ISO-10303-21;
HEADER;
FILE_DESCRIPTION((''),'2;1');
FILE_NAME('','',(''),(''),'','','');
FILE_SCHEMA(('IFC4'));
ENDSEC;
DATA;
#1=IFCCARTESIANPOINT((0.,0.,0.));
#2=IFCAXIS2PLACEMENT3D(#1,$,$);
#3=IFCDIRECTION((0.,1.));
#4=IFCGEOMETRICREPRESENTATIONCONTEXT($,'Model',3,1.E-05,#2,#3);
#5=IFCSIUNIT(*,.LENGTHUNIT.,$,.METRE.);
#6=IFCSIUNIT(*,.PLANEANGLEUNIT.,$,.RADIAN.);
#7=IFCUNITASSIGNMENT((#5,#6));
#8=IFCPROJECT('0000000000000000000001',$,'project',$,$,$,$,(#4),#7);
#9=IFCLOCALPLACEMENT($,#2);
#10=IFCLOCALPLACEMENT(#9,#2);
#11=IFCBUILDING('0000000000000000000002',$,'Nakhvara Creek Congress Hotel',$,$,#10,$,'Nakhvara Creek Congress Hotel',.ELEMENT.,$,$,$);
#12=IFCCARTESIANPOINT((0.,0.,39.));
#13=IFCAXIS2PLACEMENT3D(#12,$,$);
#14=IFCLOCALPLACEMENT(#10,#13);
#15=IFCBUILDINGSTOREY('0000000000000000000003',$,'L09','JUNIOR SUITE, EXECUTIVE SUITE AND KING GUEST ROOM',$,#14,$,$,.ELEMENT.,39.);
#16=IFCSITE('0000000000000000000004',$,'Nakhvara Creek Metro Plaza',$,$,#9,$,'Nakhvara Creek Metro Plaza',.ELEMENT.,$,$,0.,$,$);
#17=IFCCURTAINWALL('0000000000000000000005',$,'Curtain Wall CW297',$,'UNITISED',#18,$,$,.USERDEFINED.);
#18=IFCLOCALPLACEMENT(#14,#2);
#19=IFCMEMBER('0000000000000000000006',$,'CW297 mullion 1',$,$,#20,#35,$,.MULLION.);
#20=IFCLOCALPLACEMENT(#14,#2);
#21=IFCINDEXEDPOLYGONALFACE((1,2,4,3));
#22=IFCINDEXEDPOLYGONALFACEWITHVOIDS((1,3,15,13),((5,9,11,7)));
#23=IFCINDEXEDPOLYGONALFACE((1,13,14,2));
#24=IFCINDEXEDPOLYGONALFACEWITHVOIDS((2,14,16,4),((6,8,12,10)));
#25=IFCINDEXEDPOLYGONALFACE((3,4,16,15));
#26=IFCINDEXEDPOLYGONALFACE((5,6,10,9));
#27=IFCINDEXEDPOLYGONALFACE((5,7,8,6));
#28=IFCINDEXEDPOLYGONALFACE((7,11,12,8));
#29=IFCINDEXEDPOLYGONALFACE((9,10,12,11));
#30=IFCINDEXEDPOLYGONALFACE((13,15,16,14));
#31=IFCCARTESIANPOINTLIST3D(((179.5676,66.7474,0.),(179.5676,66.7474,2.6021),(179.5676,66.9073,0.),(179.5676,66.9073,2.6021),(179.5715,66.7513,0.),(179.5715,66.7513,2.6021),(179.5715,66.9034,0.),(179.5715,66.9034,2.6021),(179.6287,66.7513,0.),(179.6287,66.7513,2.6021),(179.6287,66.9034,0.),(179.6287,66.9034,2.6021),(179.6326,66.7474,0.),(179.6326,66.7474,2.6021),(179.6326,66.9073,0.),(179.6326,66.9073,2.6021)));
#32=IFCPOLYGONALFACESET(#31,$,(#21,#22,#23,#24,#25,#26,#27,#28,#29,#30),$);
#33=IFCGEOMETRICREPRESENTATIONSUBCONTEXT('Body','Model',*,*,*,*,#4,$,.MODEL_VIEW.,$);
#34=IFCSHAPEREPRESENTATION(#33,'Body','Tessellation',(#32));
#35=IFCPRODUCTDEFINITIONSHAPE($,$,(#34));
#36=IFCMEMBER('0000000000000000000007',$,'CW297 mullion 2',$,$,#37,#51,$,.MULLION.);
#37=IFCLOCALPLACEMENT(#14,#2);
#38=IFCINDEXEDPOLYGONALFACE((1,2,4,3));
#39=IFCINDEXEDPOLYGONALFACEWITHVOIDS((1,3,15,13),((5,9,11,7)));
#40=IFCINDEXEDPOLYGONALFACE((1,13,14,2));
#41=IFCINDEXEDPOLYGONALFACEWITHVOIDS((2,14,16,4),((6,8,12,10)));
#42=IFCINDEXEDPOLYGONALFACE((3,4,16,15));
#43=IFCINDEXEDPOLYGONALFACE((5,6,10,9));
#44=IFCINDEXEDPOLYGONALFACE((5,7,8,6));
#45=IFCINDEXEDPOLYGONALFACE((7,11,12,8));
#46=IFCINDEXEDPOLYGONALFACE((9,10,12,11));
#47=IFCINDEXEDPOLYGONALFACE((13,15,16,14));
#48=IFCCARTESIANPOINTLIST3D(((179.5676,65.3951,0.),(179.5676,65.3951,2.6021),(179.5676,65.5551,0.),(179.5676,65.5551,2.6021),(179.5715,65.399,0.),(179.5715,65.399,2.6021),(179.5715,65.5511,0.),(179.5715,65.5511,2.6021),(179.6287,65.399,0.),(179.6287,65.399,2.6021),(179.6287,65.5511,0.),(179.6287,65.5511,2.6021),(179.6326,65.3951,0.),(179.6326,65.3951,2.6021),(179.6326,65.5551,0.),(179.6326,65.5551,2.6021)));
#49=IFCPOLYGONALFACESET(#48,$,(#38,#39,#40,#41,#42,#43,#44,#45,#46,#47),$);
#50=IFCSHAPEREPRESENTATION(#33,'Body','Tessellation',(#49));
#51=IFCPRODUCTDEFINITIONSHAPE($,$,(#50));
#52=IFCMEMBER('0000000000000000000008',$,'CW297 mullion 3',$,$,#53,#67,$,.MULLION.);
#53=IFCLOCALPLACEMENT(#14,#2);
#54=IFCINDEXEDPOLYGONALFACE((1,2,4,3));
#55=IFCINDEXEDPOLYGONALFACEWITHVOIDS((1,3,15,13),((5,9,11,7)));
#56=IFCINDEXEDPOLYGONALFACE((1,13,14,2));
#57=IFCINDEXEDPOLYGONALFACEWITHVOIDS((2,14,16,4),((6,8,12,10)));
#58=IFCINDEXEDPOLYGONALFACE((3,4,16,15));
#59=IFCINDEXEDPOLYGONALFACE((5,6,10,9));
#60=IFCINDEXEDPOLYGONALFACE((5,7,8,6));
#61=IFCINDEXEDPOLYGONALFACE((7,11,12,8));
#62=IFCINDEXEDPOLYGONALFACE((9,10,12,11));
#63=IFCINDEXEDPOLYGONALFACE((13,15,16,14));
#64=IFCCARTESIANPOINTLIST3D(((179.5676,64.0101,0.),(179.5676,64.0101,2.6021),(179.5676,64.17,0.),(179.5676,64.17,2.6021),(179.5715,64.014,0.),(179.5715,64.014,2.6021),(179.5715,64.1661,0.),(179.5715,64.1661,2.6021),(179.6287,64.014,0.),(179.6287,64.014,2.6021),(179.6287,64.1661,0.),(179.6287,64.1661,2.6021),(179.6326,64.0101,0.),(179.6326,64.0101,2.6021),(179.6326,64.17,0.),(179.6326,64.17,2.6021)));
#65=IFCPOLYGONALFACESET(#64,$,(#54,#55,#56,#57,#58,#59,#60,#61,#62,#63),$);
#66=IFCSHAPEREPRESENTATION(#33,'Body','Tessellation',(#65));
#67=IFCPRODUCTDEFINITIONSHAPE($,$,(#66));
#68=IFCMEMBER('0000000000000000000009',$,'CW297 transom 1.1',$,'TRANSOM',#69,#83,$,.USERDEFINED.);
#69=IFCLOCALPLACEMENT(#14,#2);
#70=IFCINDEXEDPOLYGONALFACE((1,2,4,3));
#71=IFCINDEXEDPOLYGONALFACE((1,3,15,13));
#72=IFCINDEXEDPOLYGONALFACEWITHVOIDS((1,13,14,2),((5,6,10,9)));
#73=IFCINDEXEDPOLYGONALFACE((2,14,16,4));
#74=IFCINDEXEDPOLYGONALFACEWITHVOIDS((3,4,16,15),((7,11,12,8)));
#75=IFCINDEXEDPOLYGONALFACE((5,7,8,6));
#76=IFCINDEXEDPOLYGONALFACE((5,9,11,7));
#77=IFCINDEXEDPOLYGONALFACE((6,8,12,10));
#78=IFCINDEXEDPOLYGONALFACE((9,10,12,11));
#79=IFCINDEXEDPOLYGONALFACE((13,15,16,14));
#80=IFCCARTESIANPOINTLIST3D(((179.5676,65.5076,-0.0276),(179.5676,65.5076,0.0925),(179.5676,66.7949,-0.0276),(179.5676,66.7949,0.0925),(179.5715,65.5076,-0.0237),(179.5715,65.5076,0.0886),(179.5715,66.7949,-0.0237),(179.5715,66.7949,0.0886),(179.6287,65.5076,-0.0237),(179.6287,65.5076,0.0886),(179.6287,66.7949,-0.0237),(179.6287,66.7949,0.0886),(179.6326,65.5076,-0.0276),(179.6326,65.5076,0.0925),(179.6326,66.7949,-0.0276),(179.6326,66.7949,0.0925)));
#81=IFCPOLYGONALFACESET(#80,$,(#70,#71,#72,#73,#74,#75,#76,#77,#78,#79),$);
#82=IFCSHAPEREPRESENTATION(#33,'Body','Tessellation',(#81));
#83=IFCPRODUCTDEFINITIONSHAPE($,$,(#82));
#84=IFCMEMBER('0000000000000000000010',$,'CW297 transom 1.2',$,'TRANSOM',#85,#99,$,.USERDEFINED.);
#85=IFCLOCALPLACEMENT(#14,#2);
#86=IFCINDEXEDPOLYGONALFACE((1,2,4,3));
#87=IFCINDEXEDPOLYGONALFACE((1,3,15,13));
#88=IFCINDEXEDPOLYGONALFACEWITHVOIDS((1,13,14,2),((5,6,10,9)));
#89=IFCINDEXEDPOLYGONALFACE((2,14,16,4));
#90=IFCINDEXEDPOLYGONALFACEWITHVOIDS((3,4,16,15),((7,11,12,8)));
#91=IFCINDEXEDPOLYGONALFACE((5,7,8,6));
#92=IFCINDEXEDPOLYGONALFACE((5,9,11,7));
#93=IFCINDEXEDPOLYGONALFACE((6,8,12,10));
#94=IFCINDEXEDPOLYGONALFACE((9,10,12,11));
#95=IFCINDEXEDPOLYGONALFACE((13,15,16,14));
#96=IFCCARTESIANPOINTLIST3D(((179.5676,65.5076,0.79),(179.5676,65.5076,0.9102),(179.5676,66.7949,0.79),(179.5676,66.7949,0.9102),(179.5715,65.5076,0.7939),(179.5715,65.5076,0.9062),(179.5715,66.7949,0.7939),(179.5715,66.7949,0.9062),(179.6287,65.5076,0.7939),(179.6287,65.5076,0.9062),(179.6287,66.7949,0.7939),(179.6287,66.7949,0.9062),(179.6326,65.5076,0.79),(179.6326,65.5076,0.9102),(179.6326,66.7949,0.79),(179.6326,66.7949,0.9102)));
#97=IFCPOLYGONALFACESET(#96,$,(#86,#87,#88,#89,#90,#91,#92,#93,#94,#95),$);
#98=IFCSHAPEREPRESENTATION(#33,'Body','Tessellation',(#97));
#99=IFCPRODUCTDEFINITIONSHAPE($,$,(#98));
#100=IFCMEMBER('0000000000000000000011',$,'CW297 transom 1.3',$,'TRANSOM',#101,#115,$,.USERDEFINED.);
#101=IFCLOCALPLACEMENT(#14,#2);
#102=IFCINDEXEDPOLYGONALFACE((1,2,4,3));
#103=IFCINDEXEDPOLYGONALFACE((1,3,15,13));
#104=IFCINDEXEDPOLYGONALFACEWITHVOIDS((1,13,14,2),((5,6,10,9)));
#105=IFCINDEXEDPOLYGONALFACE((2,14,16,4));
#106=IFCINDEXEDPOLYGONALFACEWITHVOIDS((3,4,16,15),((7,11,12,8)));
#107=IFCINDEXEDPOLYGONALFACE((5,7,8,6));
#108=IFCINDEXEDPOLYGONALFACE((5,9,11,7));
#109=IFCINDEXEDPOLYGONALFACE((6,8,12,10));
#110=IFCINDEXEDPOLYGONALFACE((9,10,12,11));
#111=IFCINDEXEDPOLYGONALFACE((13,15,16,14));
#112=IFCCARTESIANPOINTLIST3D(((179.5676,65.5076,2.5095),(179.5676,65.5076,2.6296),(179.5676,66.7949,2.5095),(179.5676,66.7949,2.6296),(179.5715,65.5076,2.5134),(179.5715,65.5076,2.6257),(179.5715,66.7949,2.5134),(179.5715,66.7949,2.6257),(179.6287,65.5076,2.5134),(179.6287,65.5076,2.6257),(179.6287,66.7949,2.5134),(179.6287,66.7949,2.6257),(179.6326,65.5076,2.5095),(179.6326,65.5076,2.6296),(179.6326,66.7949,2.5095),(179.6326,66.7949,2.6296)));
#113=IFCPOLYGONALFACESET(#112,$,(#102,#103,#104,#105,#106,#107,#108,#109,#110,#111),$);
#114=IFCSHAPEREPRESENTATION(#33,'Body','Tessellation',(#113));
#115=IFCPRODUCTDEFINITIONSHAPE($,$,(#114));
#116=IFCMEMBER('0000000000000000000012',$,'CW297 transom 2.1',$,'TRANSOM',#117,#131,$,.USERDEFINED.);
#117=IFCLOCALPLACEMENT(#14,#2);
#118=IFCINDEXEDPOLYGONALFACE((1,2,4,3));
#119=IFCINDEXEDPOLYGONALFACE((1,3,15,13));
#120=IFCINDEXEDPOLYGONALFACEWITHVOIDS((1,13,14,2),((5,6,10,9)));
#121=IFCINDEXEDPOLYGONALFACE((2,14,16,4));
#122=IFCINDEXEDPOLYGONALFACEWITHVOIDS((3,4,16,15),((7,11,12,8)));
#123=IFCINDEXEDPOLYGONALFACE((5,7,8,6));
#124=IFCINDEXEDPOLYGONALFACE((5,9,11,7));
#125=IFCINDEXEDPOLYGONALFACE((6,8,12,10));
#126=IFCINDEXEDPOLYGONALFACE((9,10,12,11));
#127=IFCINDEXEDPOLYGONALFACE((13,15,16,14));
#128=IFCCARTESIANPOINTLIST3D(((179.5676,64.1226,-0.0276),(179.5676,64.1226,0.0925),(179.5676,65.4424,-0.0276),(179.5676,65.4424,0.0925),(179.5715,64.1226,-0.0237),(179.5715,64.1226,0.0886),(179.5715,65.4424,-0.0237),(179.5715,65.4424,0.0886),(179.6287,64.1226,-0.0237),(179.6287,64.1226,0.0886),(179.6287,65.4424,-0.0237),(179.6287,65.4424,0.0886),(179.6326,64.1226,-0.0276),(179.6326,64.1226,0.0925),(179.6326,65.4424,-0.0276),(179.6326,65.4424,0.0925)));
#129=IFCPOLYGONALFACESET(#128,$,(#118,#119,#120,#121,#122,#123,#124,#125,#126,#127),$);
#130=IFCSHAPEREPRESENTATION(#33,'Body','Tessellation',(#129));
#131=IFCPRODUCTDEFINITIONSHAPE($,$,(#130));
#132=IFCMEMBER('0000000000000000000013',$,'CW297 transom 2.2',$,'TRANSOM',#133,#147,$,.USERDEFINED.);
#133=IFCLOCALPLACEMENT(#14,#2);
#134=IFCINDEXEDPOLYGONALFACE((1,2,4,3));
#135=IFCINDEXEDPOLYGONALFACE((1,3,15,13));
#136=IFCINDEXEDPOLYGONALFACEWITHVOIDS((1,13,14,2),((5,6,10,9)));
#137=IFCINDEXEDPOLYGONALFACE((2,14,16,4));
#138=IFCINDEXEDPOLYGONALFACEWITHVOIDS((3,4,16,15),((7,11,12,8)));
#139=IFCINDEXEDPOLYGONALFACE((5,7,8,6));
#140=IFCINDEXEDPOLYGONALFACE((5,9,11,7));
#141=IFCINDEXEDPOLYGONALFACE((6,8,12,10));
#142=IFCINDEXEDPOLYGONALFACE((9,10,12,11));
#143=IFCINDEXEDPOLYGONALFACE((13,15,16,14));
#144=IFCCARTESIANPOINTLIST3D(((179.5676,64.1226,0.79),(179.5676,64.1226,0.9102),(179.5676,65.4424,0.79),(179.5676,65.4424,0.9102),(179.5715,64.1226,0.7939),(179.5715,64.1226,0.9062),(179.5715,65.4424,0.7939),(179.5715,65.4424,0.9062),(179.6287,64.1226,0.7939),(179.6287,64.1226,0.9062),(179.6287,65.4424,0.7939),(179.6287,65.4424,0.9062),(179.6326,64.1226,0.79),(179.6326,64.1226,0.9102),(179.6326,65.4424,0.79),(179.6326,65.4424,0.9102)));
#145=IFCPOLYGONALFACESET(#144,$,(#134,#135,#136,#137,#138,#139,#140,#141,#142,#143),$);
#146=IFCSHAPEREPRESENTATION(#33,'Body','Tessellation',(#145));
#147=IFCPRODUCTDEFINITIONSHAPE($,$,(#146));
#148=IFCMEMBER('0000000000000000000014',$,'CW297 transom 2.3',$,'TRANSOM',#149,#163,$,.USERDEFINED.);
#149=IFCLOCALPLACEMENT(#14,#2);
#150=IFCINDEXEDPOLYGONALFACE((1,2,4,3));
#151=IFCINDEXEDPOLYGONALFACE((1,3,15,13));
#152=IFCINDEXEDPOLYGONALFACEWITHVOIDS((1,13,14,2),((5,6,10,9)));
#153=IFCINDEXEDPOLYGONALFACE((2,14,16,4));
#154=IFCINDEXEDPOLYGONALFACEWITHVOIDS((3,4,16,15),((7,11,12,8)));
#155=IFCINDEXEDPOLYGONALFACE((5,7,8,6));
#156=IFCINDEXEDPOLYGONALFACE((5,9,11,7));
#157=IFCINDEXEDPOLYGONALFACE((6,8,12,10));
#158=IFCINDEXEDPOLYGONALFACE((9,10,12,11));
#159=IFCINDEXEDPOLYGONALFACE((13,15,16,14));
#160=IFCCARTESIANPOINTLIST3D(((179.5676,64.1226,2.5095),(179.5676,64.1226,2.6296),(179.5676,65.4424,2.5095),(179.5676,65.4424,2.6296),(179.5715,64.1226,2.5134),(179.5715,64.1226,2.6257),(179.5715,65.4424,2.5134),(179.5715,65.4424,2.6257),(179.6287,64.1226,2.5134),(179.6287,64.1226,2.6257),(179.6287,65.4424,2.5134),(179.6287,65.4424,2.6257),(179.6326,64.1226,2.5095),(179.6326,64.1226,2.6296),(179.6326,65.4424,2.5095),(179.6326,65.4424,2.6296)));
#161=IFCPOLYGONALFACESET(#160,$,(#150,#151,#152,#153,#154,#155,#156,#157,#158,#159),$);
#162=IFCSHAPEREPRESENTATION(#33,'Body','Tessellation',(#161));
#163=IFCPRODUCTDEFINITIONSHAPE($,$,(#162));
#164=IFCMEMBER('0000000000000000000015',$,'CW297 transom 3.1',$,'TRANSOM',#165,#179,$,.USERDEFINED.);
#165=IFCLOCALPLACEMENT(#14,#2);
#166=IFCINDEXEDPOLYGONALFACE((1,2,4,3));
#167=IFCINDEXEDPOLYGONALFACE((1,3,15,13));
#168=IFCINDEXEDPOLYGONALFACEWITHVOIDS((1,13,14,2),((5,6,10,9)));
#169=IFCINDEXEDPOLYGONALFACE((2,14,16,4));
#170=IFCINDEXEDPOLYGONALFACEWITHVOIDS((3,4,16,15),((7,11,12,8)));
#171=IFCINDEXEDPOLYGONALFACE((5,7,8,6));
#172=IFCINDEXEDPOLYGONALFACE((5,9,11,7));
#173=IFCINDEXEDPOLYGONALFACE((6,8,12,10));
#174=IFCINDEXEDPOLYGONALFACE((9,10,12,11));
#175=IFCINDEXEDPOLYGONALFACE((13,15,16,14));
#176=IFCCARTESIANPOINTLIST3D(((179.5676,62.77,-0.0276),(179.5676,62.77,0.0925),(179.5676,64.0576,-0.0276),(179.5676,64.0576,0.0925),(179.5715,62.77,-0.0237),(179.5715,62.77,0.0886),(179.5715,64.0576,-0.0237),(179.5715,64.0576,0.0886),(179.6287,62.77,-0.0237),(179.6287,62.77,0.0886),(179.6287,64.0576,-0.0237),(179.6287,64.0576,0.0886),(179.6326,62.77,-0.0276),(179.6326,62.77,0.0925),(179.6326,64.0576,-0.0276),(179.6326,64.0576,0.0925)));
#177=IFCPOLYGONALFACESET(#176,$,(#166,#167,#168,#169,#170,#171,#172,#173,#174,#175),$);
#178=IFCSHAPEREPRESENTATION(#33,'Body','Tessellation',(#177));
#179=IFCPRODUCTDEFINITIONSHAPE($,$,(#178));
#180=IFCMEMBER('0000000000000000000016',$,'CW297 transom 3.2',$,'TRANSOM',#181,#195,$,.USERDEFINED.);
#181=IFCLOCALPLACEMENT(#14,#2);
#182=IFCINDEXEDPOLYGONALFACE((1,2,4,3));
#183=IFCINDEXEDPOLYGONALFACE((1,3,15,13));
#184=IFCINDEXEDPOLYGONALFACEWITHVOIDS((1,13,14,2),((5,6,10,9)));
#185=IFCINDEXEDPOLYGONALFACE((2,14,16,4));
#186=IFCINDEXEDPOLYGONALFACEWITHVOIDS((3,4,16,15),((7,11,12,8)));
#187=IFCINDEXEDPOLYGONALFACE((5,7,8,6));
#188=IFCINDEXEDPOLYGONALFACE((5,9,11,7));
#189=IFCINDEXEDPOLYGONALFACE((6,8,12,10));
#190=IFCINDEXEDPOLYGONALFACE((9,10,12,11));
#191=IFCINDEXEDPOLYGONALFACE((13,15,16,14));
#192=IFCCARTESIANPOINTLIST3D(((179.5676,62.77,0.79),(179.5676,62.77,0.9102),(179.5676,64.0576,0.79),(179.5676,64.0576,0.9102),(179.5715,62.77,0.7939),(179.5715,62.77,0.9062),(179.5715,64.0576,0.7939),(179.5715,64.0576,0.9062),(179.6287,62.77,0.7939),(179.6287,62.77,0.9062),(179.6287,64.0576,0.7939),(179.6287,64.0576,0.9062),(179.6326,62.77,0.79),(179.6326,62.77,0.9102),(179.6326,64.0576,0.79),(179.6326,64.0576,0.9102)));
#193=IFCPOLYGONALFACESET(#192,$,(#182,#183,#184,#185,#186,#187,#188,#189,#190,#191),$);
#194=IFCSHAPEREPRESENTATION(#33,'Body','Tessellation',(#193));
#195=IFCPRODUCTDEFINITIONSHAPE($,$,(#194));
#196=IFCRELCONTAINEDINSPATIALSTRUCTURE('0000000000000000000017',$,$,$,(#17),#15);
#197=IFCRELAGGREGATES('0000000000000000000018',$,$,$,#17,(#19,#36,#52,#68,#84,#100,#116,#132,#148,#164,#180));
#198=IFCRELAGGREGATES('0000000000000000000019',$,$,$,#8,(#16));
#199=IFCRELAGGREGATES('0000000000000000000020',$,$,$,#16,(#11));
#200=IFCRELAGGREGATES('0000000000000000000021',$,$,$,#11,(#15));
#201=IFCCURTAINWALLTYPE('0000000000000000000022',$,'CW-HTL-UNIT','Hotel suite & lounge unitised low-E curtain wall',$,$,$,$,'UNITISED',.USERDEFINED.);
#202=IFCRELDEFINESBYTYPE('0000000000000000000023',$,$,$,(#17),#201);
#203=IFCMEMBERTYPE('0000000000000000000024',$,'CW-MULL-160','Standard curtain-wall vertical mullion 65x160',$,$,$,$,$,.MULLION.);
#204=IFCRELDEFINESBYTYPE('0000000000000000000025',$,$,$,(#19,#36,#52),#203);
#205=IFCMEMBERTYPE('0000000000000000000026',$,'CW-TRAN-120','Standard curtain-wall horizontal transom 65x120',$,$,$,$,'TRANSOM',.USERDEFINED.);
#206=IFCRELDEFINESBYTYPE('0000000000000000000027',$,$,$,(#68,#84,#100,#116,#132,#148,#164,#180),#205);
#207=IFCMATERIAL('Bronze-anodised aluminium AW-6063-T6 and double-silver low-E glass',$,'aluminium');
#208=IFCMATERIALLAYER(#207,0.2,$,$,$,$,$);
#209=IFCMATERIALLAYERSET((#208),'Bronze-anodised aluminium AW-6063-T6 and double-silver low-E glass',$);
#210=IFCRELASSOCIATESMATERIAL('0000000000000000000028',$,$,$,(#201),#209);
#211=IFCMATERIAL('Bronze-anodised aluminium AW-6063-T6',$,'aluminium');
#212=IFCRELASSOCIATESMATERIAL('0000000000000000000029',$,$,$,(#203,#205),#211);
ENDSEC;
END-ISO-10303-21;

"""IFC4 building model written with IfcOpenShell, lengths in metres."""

from ifc_helpers import new_model, si_unit, direction, frame, origin, origin_2d, place, context, subcontext, project, spatial, hollow_rectangle, extrude, material, layer, layer_set, material_profile, profile_set, type_object, element, aggregate, save


model = new_model("IFC4")

# Units and contexts
model_context = context("Model", 3, precision=1e-05, world=origin(), true_north=direction((0.0, 1.0)))
body_context = subcontext(model_context, "Body", "Model", "MODEL_VIEW")
ifc_project = project(units=[si_unit("LENGTHUNIT", "METRE"), si_unit("PLANEANGLEUNIT", "RADIAN")], contexts=[model_context])

# Site, building, storey
site_placement = place(None, origin())
site = spatial("IfcSite", under=ifc_project, at=site_placement, Name="Nakhvara Creek Metro Plaza", LongName="Nakhvara Creek Metro Plaza", CompositionType="ELEMENT", RefElevation=0.0)
building_placement = place(site_placement, origin())
building = spatial("IfcBuilding", under=site, at=building_placement, Name="Nakhvara Creek Congress Hotel", LongName="Nakhvara Creek Congress Hotel", CompositionType="ELEMENT")
storey_placement = place(building_placement, frame((0.0, 0.0, 39.0)))
storey = spatial("IfcBuildingStorey", under=building, at=storey_placement, Name="L09", Description="JUNIOR SUITE, EXECUTIVE SUITE AND KING GUEST ROOM", CompositionType="ELEMENT", Elevation=39.0)

# Curtain wall, members
ifc_material_1 = material(Name="Bronze-anodised aluminium AW-6063-T6 and double-silver low-E glass", Category="aluminium")
ifc_layer_1 = layer(ifc_material_1, 0.2)
ifc_layer_set_1 = layer_set([ifc_layer_1], Name="Bronze-anodised aluminium AW-6063-T6 and double-silver low-E glass")
curtain_wall_type = type_object("IfcCurtainWallType", Name="CW-HTL-UNIT", Description="Hotel suite & lounge unitised low-E curtain wall", ElementType="UNITISED", PredefinedType="USERDEFINED", material=ifc_layer_set_1)
curtain_wall_placement = place(storey_placement, origin())
curtain_wall = element("IfcCurtainWall", 1, at=curtain_wall_placement, inside=storey, type_object=curtain_wall_type, Name="Curtain Wall CW297", ObjectType="UNITISED", PredefinedType="USERDEFINED")
ifc_material_2 = material(Name="Bronze-anodised aluminium AW-6063-T6", Category="aluminium")
ifc_material_profile_1 = material_profile(ifc_material_2, hollow_rectangle(XDim=0.0649, YDim=0.1599, WallThickness=0.0039, at=origin_2d()), Name="ALU-MULL 65x160x4", Category="LoadBearing")
ifc_profile_set_1 = profile_set([ifc_material_profile_1], Name="Bronze-anodised aluminium AW-6063-T6")
member_type_1 = type_object("IfcMemberType", Name="CW-MULL-160", Description="Standard curtain-wall vertical mullion 65x160", PredefinedType="MULLION", material=ifc_profile_set_1)
member_1_placement = place(storey_placement, frame((179.6001, 66.8274, 0.0), z_axis=(0.0, 0.0, 1.0), x_axis=(1.0, 0.0, 0.0)))
member_1 = element("IfcMember", 2, at=member_1_placement, type_object=member_type_1, Name="CW297 mullion 1", PredefinedType="MULLION", context=body_context, shape_type="SweptSolid", body=[
    extrude(hollow_rectangle(XDim=0.0649, YDim=0.1599, WallThickness=0.0039, at=origin_2d()), origin(), (0.0, 0.0, 1.0), 2.6021),
])
member_2_placement = place(storey_placement, frame((179.6001, 65.4751, 0.0), z_axis=(0.0, 0.0, 1.0), x_axis=(1.0, 0.0, 0.0)))
member_2 = element("IfcMember", 3, at=member_2_placement, type_object=member_type_1, Name="CW297 mullion 2", PredefinedType="MULLION", context=body_context, shape_type="SweptSolid", body=[
    extrude(hollow_rectangle(XDim=0.0649, YDim=0.1599, WallThickness=0.0039, at=origin_2d()), origin(), (0.0, 0.0, 1.0), 2.6021),
])
member_3_placement = place(storey_placement, frame((179.6001, 64.0901, 0.0), z_axis=(0.0, 0.0, 1.0), x_axis=(1.0, 0.0, 0.0)))
member_3 = element("IfcMember", 4, at=member_3_placement, type_object=member_type_1, Name="CW297 mullion 3", PredefinedType="MULLION", context=body_context, shape_type="SweptSolid", body=[
    extrude(hollow_rectangle(XDim=0.0649, YDim=0.1599, WallThickness=0.0039, at=origin_2d()), origin(), (0.0, 0.0, 1.0), 2.6021),
])
ifc_material_profile_2 = material_profile(ifc_material_2, hollow_rectangle(XDim=0.0649, YDim=0.1201, WallThickness=0.0039, at=origin_2d()), Name="ALU-TRAN 65x120x4", Category="LoadBearing")
ifc_profile_set_2 = profile_set([ifc_material_profile_2], Name="Bronze-anodised aluminium AW-6063-T6")
member_type_2 = type_object("IfcMemberType", Name="CW-TRAN-120", Description="Standard curtain-wall horizontal transom 65x120", ElementType="TRANSOM", PredefinedType="USERDEFINED", material=ifc_profile_set_2)
member_4_placement = place(storey_placement, frame((179.6001, 66.7949, 0.0325), z_axis=(0.0, -1.0, 0.0), x_axis=(1.0, 0.0, 0.0)))
member_4 = element("IfcMember", 5, at=member_4_placement, type_object=member_type_2, Name="CW297 transom 1.1", ObjectType="TRANSOM", PredefinedType="USERDEFINED", context=body_context, shape_type="SweptSolid", body=[
    extrude(hollow_rectangle(XDim=0.0649, YDim=0.1201, WallThickness=0.0039, at=origin_2d()), origin(), (0.0, 0.0, 1.0), 1.2874),
])
member_5_placement = place(storey_placement, frame((179.6001, 66.7949, 0.8501), z_axis=(0.0, -1.0, 0.0), x_axis=(1.0, 0.0, 0.0)))
member_5 = element("IfcMember", 6, at=member_5_placement, type_object=member_type_2, Name="CW297 transom 1.2", ObjectType="TRANSOM", PredefinedType="USERDEFINED", context=body_context, shape_type="SweptSolid", body=[
    extrude(hollow_rectangle(XDim=0.0649, YDim=0.1201, WallThickness=0.0039, at=origin_2d()), origin(), (0.0, 0.0, 1.0), 1.2874),
])
member_6_placement = place(storey_placement, frame((179.6001, 66.7949, 2.5696), z_axis=(0.0, -1.0, 0.0), x_axis=(1.0, 0.0, 0.0)))
member_6 = element("IfcMember", 7, at=member_6_placement, type_object=member_type_2, Name="CW297 transom 1.3", ObjectType="TRANSOM", PredefinedType="USERDEFINED", context=body_context, shape_type="SweptSolid", body=[
    extrude(hollow_rectangle(XDim=0.0649, YDim=0.1201, WallThickness=0.0039, at=origin_2d()), origin(), (0.0, 0.0, 1.0), 1.2874),
])
member_7_placement = place(storey_placement, frame((179.6001, 65.4424, 0.0325), z_axis=(0.0, -1.0, 0.0), x_axis=(1.0, 0.0, 0.0)))
member_7 = element("IfcMember", 8, at=member_7_placement, type_object=member_type_2, Name="CW297 transom 2.1", ObjectType="TRANSOM", PredefinedType="USERDEFINED", context=body_context, shape_type="SweptSolid", body=[
    extrude(hollow_rectangle(XDim=0.0649, YDim=0.1201, WallThickness=0.0039, at=origin_2d()), origin(), (0.0, 0.0, 1.0), 1.3198),
])
member_8_placement = place(storey_placement, frame((179.6001, 65.4424, 0.8501), z_axis=(0.0, -1.0, 0.0), x_axis=(1.0, 0.0, 0.0)))
member_8 = element("IfcMember", 9, at=member_8_placement, type_object=member_type_2, Name="CW297 transom 2.2", ObjectType="TRANSOM", PredefinedType="USERDEFINED", context=body_context, shape_type="SweptSolid", body=[
    extrude(hollow_rectangle(XDim=0.0649, YDim=0.1201, WallThickness=0.0039, at=origin_2d()), origin(), (0.0, 0.0, 1.0), 1.3198),
])
member_9_placement = place(storey_placement, frame((179.6001, 65.4424, 2.5696), z_axis=(0.0, -1.0, 0.0), x_axis=(1.0, 0.0, 0.0)))
member_9 = element("IfcMember", 10, at=member_9_placement, type_object=member_type_2, Name="CW297 transom 2.3", ObjectType="TRANSOM", PredefinedType="USERDEFINED", context=body_context, shape_type="SweptSolid", body=[
    extrude(hollow_rectangle(XDim=0.0649, YDim=0.1201, WallThickness=0.0039, at=origin_2d()), origin(), (0.0, 0.0, 1.0), 1.3198),
])
member_10_placement = place(storey_placement, frame((179.6001, 64.0576, 0.0325), z_axis=(0.0, -1.0, 0.0), x_axis=(1.0, 0.0, 0.0)))
member_10 = element("IfcMember", 11, at=member_10_placement, type_object=member_type_2, Name="CW297 transom 3.1", ObjectType="TRANSOM", PredefinedType="USERDEFINED", context=body_context, shape_type="SweptSolid", body=[
    extrude(hollow_rectangle(XDim=0.0649, YDim=0.1201, WallThickness=0.0039, at=origin_2d()), origin(), (0.0, 0.0, 1.0), 1.2876),
])
member_11_placement = place(storey_placement, frame((179.6001, 64.0576, 0.8501), z_axis=(0.0, -1.0, 0.0), x_axis=(1.0, 0.0, 0.0)))
member_11 = element("IfcMember", 12, at=member_11_placement, type_object=member_type_2, Name="CW297 transom 3.2", ObjectType="TRANSOM", PredefinedType="USERDEFINED", context=body_context, shape_type="SweptSolid", body=[
    extrude(hollow_rectangle(XDim=0.0649, YDim=0.1201, WallThickness=0.0039, at=origin_2d()), origin(), (0.0, 0.0, 1.0), 1.2876),
])
aggregate(curtain_wall, [member_1, member_2, member_3, member_4, member_5, member_6, member_7, member_8, member_9, member_10, member_11])

save(model, "model.ifc")
